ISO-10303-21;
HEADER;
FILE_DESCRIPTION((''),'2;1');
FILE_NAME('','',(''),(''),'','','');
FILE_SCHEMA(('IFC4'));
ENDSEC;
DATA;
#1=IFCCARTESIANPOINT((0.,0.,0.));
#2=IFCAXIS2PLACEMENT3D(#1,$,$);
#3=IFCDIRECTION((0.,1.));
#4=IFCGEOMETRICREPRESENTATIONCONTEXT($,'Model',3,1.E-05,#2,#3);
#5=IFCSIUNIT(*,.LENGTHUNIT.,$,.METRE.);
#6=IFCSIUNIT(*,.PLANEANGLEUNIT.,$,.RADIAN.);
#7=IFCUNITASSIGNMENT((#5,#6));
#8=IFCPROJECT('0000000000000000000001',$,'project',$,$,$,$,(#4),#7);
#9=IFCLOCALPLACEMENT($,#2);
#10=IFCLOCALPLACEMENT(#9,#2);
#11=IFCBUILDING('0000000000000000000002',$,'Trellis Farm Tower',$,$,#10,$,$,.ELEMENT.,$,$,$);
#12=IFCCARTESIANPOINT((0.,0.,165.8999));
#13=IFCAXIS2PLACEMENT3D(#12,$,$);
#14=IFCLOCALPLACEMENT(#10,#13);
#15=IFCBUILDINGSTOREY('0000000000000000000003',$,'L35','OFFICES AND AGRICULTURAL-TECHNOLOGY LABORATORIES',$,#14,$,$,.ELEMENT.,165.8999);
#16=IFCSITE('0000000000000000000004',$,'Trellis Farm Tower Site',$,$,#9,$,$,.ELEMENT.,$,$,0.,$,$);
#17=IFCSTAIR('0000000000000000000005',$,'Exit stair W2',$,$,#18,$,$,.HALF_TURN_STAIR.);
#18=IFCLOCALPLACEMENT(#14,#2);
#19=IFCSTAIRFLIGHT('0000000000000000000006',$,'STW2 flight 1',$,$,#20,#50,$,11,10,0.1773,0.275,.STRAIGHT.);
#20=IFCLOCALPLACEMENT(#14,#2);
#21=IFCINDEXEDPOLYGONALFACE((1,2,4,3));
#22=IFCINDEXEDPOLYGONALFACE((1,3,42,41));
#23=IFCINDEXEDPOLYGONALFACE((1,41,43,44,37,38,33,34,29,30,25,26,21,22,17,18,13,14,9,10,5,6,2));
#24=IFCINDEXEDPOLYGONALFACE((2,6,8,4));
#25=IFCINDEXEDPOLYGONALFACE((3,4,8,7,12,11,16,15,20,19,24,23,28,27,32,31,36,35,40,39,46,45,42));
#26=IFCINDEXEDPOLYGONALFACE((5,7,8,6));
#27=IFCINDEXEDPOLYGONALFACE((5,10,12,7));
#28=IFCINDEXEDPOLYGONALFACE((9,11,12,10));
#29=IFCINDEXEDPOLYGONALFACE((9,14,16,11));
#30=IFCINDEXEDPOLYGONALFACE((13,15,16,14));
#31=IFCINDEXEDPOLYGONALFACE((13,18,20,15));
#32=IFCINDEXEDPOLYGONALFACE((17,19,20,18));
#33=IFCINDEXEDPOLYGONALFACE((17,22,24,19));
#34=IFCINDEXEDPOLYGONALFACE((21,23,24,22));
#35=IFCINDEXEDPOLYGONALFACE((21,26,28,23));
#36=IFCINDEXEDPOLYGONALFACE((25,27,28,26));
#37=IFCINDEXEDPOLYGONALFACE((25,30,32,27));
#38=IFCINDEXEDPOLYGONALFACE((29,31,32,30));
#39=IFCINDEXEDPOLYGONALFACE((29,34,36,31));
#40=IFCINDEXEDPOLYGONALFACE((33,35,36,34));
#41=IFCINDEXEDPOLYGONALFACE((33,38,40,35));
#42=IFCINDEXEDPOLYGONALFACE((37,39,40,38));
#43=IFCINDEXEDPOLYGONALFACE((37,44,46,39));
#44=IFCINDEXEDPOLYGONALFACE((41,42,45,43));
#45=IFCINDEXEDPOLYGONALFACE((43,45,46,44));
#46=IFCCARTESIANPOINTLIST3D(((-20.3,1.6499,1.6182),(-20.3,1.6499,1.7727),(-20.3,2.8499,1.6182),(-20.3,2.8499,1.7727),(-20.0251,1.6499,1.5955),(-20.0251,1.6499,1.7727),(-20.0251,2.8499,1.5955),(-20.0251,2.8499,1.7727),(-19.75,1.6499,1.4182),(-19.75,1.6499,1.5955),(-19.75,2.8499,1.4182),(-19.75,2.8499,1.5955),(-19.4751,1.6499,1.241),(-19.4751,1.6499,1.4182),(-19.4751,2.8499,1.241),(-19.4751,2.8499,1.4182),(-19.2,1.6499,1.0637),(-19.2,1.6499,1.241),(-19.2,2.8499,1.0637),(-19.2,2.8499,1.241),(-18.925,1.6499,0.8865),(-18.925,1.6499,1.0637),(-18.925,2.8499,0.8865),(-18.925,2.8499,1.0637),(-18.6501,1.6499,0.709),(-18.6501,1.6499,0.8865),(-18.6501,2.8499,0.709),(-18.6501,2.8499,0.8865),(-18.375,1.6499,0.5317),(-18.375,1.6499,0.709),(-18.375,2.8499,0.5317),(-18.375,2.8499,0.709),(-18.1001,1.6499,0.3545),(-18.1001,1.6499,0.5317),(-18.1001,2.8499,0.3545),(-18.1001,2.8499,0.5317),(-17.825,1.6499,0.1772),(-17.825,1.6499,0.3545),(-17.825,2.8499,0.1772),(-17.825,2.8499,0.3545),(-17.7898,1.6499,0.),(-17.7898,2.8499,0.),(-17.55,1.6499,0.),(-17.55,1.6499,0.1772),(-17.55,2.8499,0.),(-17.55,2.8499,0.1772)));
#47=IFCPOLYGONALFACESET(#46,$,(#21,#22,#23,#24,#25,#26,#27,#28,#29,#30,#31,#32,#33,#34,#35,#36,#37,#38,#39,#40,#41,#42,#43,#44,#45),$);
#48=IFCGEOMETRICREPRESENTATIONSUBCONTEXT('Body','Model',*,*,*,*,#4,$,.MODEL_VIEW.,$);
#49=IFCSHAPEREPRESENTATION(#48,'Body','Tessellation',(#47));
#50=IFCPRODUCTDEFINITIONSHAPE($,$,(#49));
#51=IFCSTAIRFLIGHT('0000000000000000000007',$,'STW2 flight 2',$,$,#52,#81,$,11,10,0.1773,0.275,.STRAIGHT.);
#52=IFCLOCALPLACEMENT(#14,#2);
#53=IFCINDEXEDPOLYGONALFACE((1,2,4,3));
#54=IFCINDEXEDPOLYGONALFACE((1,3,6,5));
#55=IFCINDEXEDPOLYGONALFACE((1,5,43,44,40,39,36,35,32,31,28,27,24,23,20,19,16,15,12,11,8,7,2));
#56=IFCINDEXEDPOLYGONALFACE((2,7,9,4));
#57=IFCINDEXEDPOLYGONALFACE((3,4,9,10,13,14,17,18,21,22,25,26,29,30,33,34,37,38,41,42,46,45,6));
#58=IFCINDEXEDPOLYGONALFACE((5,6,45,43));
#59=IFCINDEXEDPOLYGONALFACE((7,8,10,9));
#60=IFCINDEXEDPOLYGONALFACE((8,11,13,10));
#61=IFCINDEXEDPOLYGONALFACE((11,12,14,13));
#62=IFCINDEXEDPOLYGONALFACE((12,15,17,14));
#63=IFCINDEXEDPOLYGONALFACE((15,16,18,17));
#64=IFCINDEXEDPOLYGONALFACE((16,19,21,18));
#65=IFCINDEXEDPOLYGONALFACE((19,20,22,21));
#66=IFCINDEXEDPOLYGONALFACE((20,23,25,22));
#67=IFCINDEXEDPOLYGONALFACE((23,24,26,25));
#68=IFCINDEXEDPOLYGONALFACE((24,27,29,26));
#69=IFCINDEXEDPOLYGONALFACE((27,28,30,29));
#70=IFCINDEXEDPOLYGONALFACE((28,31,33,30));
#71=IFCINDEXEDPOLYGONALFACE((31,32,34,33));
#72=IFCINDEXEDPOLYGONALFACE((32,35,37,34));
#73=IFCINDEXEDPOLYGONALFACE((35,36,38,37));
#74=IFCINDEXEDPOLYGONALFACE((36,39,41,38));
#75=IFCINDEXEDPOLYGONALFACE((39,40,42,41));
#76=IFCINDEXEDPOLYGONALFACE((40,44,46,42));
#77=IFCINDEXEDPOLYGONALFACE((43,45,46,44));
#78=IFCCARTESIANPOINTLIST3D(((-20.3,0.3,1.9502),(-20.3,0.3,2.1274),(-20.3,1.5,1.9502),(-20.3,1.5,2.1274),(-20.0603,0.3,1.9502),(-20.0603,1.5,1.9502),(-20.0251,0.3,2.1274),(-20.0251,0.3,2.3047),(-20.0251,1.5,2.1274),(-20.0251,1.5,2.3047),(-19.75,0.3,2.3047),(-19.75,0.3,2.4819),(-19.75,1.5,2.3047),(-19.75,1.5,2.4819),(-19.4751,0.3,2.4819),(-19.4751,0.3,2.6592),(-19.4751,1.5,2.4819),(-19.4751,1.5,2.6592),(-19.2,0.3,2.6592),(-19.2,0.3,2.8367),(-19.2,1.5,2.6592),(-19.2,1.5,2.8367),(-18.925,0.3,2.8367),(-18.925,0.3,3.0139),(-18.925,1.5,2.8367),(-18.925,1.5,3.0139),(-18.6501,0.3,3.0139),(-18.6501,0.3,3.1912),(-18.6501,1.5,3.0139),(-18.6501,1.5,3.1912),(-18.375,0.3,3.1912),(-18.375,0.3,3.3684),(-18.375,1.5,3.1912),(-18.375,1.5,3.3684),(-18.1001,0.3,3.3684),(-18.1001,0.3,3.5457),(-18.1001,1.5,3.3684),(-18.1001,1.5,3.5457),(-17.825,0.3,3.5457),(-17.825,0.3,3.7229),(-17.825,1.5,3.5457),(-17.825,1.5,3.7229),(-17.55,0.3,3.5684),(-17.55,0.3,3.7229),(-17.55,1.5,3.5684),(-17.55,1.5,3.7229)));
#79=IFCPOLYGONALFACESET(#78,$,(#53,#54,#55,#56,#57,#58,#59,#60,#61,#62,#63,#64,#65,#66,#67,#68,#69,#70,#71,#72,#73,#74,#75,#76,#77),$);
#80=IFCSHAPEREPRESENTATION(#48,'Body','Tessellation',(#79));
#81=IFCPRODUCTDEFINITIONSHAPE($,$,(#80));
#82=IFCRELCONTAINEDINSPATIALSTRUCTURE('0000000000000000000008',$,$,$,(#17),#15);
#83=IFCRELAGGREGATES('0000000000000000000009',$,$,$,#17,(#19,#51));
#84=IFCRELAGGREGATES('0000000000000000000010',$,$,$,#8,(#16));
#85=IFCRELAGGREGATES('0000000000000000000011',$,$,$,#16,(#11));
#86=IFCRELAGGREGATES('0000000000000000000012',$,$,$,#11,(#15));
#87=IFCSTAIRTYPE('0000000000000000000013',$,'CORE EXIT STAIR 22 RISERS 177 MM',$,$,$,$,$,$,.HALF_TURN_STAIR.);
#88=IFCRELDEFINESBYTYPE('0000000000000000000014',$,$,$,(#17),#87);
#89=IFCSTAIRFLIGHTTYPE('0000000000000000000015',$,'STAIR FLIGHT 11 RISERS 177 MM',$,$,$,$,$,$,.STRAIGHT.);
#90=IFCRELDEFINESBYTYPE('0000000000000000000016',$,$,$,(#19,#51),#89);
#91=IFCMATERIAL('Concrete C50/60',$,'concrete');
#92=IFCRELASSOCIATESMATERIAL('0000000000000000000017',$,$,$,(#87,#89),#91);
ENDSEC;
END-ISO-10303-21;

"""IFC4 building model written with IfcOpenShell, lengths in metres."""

from ifc_helpers import new_model, si_unit, direction, frame, origin, place, context, subcontext, project, spatial, polyline, outline, extrude, source, transform, mapped, material, type_object, element, aggregate, save


model = new_model("IFC4")

# Units and contexts
model_context = context("Model", 3, precision=1e-05, world=origin(), true_north=direction((0.0, 1.0)))
body_context = subcontext(model_context, "Body", "Model", "MODEL_VIEW")
ifc_project = project(units=[si_unit("LENGTHUNIT", "METRE"), si_unit("PLANEANGLEUNIT", "RADIAN")], contexts=[model_context])

# Site, building, storey
site_placement = place(None, origin())
site = spatial("IfcSite", under=ifc_project, at=site_placement, Name="Trellis Farm Tower Site", CompositionType="ELEMENT", RefElevation=0.0)
building_placement = place(site_placement, origin())
building = spatial("IfcBuilding", under=site, at=building_placement, Name="Trellis Farm Tower", CompositionType="ELEMENT")
storey_placement = place(building_placement, frame((0.0, 0.0, 165.8999)))
storey = spatial("IfcBuildingStorey", under=building, at=storey_placement, Name="L35", Description="OFFICES AND AGRICULTURAL-TECHNOLOGY LABORATORIES", CompositionType="ELEMENT", Elevation=165.8999)

# Shared definitions
placement = place(storey_placement, origin())

# Stair, stair flights
ifc_material_1 = material(Name="Concrete C50/60", Category="concrete")
stair_type = type_object("IfcStairType", Name="CORE EXIT STAIR 22 RISERS 177 MM", PredefinedType="HALF_TURN_STAIR", material=ifc_material_1)
stair_flight_type = type_object("IfcStairFlightType", Name="STAIR FLIGHT 11 RISERS 177 MM", PredefinedType="STRAIGHT", material=ifc_material_1)
shared_shape_1 = source(origin(), body_context, "Body", "SweptSolid", [
    extrude(outline(polyline([(0.0, 0.0), (0.0, 0.1772), (0.2749, 0.1772), (0.2749, 0.3545), (0.55, 0.3545), (0.55, 0.5317), (0.825, 0.5317), (0.825, 0.709), (1.1001, 0.709), (1.1001, 0.8865), (1.375, 0.8865), (1.375, 1.0637), (1.6499, 1.0637), (1.6499, 1.241), (1.925, 1.241), (1.925, 1.4182), (2.2, 1.4182), (2.2, 1.5955), (2.4751, 1.5955), (2.4751, 1.7727), (2.75, 1.7727), (2.75, 1.95), (2.75, 1.6182), (0.2397, 0.0), (0.0, 0.0)])), frame((0.0, 0.6001, 0.0), z_axis=(0.0, -1.0, 0.0), x_axis=(1.0, 0.0, 0.0)), (0.0, 0.0, 1.0), 1.2),
])
stair_1 = element("IfcStair", 1, at=placement, inside=storey, type_object=stair_type, Name="Exit stair W2", PredefinedType="HALF_TURN_STAIR")
stair_flight_1_placement = place(storey_placement, frame((-17.55, 2.25, 0.0), z_axis=(0.0, 0.0, 1.0), x_axis=(-1.0, 0.0, 0.0)))
stair_flight_1 = element("IfcStairFlight", 2, at=stair_flight_1_placement, type_object=stair_flight_type, Name="STW2 flight 1", NumberOfRisers=11, NumberOfTreads=10, PredefinedType="STRAIGHT", RiserHeight=0.1773, TreadLength=0.275, context=body_context, shape_type="MappedRepresentation", body=[
    mapped(shared_shape_1, transform((0.0, 0.0, 0.0))),
])
stair_flight_2_placement = place(storey_placement, frame((-20.3, 0.8999, 1.9502), z_axis=(0.0, 0.0, 1.0), x_axis=(1.0, 0.0, 0.0)))
stair_flight_2 = element("IfcStairFlight", 3, at=stair_flight_2_placement, type_object=stair_flight_type, Name="STW2 flight 2", NumberOfRisers=11, NumberOfTreads=10, PredefinedType="STRAIGHT", RiserHeight=0.1773, TreadLength=0.275, context=body_context, shape_type="MappedRepresentation", body=[
    mapped(shared_shape_1, transform((0.0, 0.0, 0.0))),
])
aggregate(stair_1, [stair_flight_1, stair_flight_2])

save(model, "model.ifc")
